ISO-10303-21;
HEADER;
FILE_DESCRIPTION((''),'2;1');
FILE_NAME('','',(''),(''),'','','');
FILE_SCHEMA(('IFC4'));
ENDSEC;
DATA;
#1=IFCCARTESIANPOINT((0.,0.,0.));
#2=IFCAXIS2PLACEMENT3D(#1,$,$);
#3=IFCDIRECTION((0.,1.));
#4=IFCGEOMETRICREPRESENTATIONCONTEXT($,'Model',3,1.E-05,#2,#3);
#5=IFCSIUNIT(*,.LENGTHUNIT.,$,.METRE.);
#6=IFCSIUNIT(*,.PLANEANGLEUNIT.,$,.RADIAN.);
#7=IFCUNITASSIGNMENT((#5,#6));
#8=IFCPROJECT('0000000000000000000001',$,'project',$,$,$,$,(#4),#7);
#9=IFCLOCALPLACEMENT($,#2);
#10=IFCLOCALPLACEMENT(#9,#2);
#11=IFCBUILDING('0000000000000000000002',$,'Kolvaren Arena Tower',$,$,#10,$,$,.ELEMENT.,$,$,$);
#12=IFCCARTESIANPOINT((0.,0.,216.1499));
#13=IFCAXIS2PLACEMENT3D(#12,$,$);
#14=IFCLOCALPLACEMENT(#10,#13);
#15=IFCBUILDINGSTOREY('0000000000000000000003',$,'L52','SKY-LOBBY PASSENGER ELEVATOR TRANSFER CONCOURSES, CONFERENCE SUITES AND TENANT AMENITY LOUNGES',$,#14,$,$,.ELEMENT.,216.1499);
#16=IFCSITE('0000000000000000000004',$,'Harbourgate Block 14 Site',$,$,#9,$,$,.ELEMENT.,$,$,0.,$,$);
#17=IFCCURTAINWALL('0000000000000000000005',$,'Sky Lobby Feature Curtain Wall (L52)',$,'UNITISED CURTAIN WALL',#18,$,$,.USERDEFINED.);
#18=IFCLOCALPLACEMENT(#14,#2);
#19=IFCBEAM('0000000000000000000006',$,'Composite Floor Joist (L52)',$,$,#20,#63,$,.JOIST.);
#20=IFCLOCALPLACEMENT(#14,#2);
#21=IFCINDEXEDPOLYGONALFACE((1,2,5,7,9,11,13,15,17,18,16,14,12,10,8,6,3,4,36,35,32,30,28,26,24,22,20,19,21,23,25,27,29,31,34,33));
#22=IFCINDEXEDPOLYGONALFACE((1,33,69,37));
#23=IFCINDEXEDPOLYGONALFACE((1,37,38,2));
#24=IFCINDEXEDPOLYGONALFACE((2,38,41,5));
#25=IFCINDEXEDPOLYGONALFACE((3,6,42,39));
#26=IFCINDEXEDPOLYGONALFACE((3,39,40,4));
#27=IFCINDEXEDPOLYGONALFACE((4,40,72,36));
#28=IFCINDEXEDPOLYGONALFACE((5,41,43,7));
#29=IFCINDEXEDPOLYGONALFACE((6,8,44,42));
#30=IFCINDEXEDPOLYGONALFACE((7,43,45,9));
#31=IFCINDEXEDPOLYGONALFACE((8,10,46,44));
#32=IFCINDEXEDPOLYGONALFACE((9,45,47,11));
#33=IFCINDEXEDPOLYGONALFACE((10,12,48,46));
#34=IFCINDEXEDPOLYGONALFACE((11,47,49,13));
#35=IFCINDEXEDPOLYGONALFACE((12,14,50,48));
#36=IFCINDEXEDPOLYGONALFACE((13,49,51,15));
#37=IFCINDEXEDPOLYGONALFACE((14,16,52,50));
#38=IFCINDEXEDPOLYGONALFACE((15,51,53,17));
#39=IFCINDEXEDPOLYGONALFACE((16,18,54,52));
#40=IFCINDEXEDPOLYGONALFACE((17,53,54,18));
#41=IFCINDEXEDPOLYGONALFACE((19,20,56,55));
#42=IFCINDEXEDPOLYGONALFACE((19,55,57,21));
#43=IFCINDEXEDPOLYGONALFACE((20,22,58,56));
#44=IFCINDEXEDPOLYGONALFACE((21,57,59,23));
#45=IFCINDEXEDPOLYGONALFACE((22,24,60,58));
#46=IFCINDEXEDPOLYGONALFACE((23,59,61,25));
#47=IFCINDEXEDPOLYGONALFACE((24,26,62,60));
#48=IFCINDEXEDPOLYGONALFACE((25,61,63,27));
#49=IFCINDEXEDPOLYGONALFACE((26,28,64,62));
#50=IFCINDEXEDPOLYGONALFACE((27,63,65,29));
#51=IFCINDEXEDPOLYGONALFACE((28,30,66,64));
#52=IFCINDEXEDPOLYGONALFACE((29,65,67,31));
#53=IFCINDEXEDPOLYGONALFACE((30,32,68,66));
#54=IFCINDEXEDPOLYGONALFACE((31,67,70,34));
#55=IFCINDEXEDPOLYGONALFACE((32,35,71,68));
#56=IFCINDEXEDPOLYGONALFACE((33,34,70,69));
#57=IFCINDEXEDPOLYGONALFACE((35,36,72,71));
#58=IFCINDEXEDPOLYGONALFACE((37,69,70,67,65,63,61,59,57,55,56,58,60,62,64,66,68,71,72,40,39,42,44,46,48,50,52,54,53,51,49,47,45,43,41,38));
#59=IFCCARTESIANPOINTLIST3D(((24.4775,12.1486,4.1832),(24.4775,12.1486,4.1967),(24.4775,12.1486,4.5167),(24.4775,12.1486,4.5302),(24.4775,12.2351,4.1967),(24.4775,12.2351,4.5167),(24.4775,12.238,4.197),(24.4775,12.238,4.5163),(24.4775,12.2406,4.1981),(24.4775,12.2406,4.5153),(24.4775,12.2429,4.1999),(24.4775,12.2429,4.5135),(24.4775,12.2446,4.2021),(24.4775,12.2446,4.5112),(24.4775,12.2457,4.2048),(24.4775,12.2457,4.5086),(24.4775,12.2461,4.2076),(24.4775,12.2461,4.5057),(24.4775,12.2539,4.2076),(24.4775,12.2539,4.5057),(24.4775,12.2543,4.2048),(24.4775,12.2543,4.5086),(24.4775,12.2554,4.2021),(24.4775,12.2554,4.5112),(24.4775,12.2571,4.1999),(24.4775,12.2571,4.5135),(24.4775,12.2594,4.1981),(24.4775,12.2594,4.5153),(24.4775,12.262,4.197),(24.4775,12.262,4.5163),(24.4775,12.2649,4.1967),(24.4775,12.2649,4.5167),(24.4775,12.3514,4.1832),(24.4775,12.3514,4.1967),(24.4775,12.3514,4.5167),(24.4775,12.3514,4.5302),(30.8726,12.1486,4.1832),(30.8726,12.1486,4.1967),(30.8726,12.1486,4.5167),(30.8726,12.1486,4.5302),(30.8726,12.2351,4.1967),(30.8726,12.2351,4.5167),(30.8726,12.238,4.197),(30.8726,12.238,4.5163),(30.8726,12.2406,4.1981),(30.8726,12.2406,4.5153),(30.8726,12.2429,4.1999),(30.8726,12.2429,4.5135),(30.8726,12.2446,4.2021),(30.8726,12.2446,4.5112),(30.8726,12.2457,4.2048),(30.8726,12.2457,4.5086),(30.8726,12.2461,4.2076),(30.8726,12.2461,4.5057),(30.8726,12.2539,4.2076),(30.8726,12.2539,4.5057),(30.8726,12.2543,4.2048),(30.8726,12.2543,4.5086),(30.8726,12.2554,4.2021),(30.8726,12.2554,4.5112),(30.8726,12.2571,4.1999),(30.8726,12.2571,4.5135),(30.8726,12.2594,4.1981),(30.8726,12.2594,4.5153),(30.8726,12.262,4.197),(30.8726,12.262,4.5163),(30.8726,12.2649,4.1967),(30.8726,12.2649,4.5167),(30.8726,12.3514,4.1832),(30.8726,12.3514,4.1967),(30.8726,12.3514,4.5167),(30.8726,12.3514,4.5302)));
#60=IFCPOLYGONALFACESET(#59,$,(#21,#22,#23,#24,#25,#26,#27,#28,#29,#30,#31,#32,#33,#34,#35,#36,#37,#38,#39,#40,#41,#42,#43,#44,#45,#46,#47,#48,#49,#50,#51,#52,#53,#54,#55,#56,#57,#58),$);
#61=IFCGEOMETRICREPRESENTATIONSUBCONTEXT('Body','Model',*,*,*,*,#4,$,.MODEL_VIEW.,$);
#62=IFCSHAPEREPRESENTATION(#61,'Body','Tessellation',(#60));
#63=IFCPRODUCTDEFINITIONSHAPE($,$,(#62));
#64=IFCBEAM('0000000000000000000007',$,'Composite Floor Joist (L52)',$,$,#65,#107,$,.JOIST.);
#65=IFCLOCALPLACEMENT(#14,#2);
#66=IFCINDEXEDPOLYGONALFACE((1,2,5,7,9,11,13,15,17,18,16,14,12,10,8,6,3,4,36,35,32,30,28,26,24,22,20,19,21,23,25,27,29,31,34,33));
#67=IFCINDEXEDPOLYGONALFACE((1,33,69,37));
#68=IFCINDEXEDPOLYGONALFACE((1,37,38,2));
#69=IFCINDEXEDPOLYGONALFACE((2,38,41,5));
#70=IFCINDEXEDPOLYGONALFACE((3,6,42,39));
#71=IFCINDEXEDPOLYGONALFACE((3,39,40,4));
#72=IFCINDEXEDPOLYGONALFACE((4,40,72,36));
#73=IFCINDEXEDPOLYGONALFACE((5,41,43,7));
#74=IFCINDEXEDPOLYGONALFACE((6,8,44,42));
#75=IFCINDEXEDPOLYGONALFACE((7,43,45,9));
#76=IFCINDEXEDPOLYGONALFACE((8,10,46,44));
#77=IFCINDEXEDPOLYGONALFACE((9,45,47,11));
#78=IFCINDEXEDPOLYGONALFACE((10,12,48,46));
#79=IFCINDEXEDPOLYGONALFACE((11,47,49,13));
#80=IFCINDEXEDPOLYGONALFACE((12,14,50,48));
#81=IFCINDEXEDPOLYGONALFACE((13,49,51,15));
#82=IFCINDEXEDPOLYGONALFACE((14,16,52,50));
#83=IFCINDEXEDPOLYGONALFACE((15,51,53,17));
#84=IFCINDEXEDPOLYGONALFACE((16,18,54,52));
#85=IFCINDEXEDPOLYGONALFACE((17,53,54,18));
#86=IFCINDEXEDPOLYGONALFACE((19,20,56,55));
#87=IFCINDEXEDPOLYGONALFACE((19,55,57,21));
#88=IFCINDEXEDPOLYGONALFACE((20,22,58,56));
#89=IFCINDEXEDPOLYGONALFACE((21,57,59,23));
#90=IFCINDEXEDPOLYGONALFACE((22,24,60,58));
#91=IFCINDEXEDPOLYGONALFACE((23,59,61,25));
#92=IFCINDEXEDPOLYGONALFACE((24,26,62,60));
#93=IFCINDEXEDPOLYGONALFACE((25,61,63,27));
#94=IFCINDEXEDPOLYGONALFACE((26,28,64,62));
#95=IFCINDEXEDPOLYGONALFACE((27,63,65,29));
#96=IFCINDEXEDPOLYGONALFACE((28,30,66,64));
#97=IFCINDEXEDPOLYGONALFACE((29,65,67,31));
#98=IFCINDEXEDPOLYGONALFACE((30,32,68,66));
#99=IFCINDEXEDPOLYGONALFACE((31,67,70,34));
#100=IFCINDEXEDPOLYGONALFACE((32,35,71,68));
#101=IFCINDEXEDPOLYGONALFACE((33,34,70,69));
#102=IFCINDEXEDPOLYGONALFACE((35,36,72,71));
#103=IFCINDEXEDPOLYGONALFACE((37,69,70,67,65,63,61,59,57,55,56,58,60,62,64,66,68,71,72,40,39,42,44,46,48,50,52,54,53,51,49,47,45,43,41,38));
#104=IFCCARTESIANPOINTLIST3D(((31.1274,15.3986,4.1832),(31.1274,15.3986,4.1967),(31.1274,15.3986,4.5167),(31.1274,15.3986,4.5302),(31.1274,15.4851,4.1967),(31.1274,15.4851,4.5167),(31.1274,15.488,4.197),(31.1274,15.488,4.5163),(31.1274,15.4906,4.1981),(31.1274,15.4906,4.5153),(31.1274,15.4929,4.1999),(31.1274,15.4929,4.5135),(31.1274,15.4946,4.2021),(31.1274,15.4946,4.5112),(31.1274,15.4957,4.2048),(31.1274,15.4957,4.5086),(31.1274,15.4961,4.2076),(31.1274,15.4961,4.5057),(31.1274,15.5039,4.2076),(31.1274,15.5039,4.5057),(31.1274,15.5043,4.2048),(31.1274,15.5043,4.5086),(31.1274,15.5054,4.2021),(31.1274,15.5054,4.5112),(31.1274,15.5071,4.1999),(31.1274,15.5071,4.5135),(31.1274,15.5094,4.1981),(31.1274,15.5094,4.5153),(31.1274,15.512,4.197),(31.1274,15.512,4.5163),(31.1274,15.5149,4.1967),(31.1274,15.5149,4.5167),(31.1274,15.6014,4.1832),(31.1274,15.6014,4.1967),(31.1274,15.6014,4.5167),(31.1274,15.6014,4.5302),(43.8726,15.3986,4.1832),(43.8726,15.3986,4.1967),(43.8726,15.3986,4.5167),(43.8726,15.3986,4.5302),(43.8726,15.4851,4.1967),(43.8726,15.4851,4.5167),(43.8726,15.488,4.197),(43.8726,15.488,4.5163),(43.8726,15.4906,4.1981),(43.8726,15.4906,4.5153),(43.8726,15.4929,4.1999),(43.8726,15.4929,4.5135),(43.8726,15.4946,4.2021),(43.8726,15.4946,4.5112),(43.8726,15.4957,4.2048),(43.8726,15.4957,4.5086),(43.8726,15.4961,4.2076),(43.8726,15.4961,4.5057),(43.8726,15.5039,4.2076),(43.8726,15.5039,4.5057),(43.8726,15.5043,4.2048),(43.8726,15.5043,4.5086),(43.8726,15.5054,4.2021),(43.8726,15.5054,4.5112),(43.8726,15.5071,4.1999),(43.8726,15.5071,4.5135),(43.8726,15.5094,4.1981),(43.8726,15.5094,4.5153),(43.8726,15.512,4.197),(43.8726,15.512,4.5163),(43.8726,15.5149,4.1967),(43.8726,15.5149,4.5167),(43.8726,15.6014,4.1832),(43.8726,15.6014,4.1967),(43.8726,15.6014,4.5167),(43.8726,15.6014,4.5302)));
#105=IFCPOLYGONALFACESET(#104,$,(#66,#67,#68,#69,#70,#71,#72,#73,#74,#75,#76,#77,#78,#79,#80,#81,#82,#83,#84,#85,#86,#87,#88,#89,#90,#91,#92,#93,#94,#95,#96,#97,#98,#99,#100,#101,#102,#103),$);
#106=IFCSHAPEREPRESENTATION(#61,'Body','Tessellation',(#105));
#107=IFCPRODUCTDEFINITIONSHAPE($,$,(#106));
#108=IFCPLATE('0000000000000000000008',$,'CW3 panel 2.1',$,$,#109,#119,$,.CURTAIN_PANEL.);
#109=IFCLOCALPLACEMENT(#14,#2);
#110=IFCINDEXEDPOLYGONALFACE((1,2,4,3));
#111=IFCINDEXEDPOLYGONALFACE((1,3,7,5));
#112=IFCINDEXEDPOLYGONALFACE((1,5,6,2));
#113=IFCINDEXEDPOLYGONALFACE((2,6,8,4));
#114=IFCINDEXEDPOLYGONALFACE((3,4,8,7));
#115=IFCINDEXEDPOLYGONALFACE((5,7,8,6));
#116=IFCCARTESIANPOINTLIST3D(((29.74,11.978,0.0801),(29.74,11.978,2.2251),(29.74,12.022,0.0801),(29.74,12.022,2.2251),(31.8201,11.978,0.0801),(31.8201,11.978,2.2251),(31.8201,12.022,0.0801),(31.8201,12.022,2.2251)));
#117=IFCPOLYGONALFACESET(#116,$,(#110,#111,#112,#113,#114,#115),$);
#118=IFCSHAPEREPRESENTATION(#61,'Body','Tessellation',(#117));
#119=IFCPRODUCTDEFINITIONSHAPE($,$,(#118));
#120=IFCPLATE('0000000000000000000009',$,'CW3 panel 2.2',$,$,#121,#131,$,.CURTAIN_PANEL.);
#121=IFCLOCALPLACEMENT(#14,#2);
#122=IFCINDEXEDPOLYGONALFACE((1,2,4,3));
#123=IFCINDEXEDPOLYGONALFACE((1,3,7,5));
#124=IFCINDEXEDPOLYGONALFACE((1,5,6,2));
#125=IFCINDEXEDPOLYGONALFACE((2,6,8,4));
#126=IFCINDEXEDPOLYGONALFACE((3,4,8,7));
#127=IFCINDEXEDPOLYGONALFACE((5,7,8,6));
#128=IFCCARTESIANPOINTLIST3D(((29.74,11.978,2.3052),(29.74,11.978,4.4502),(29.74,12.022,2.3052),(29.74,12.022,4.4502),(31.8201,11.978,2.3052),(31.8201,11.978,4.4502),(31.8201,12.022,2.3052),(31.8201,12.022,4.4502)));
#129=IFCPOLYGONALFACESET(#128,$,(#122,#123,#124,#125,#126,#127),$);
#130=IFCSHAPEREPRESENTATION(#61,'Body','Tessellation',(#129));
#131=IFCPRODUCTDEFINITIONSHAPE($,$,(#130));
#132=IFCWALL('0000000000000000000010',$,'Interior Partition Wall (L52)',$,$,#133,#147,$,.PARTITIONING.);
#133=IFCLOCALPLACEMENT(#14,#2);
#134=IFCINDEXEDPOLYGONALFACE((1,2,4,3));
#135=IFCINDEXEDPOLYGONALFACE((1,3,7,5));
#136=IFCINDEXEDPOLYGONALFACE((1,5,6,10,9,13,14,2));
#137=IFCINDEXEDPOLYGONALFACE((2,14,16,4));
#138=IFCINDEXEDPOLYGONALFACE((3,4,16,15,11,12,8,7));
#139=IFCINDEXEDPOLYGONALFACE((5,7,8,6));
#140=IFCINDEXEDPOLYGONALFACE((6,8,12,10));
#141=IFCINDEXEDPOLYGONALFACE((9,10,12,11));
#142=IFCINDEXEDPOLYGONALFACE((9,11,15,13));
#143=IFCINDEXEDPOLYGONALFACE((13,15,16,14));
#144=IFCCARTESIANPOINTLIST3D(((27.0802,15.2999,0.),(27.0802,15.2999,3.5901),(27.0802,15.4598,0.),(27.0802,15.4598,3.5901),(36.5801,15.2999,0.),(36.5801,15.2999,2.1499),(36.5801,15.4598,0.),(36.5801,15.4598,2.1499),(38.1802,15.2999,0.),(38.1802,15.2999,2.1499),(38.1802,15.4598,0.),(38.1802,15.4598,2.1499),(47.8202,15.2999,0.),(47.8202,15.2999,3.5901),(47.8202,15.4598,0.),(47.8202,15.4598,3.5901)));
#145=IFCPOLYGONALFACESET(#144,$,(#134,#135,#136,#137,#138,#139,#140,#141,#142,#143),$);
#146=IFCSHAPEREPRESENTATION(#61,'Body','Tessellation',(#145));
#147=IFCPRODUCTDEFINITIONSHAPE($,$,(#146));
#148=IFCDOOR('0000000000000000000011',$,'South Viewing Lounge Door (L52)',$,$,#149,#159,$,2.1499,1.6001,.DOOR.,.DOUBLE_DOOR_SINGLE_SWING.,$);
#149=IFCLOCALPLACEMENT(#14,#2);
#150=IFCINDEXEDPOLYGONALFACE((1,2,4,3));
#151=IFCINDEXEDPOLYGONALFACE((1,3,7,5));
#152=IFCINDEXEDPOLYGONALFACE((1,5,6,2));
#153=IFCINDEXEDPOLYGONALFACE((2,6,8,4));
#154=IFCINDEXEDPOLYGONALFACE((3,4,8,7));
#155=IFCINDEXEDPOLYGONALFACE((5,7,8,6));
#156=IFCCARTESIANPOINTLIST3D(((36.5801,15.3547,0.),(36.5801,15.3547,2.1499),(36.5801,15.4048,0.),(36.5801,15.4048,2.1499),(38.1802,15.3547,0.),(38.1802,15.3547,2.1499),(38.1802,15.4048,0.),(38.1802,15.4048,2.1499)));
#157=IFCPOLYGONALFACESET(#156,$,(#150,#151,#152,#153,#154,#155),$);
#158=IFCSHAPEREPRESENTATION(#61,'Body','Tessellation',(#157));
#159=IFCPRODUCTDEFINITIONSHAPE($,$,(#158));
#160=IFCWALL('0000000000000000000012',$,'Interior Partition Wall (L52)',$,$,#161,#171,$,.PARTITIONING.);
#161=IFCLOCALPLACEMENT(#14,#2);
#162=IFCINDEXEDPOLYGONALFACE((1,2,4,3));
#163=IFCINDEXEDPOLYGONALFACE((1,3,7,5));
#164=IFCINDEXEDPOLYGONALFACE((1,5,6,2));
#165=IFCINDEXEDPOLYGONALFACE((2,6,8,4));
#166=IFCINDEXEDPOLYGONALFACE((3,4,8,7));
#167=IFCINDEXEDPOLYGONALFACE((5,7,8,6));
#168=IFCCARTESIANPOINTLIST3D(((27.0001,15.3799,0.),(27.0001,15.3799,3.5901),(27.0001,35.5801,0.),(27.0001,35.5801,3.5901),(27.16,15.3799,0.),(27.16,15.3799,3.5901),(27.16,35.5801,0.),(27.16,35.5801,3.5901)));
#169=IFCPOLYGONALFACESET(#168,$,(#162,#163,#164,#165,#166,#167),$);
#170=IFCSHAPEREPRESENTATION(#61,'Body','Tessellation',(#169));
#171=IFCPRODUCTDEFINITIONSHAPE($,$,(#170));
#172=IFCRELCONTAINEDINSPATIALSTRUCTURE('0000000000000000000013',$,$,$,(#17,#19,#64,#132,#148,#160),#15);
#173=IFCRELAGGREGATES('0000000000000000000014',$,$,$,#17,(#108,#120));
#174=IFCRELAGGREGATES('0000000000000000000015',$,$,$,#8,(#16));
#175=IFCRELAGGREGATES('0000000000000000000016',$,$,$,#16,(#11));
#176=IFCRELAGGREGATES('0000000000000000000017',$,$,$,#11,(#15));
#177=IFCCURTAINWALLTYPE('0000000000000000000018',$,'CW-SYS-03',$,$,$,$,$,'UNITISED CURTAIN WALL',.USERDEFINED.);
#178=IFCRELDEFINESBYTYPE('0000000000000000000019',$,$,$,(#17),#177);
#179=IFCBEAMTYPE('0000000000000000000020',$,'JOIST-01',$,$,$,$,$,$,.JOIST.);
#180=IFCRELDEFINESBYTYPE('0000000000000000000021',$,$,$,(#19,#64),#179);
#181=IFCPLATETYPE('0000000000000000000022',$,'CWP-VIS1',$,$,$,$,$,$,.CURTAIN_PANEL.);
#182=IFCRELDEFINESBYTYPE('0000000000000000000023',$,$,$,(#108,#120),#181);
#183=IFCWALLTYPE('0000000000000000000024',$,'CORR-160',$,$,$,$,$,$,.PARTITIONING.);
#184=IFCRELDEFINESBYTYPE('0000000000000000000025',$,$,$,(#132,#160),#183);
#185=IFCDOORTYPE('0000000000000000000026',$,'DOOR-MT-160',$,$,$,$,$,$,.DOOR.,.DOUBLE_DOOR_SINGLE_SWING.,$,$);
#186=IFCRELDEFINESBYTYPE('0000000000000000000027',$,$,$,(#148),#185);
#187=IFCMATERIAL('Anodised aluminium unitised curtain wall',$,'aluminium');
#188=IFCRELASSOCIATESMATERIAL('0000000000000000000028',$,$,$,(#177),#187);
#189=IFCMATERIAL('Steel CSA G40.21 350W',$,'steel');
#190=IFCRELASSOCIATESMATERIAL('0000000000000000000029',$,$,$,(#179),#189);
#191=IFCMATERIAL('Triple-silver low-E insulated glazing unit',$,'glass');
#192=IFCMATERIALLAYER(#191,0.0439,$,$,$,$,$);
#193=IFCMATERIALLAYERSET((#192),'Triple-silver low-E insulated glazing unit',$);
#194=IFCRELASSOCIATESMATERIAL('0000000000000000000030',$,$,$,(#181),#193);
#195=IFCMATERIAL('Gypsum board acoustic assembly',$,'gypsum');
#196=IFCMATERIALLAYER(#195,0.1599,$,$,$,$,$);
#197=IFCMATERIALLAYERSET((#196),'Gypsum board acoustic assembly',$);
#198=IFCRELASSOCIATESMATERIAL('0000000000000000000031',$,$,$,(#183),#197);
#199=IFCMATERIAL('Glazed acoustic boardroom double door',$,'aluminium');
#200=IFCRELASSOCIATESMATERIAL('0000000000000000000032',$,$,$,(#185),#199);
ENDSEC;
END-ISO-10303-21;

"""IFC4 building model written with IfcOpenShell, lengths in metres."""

from ifc_helpers import new_model, si_unit, direction, frame, frame_2d, origin, origin_2d, place, context, subcontext, project, spatial, rectangle, i_section, extrude, material, layer, layer_set, material_profile, profile_set, type_object, element, fill, aggregate, save


model = new_model("IFC4")

# Units and contexts
model_context = context("Model", 3, precision=1e-05, world=origin(), true_north=direction((0.0, 1.0)))
body_context = subcontext(model_context, "Body", "Model", "MODEL_VIEW")
ifc_project = project(units=[si_unit("LENGTHUNIT", "METRE"), si_unit("PLANEANGLEUNIT", "RADIAN")], contexts=[model_context])

# Site, building, storey
site_placement = place(None, origin())
site = spatial("IfcSite", under=ifc_project, at=site_placement, Name="Harbourgate Block 14 Site", CompositionType="ELEMENT", RefElevation=0.0)
building_placement = place(site_placement, origin())
building = spatial("IfcBuilding", under=site, at=building_placement, Name="Kolvaren Arena Tower", CompositionType="ELEMENT")
storey_placement = place(building_placement, frame((0.0, 0.0, 216.1499)))
storey = spatial("IfcBuildingStorey", under=building, at=storey_placement, Name="L52", Description="SKY-LOBBY PASSENGER ELEVATOR TRANSFER CONCOURSES, CONFERENCE SUITES AND TENANT AMENITY LOUNGES", CompositionType="ELEMENT", Elevation=216.1499)

# Shared definitions
ifc_material_1 = material(Name="Steel CSA G40.21 350W", Category="steel")

# Curtain wall
ifc_material_2 = material(Name="Anodised aluminium unitised curtain wall", Category="aluminium")
curtain_wall_type = type_object("IfcCurtainWallType", Name="CW-SYS-03", ElementType="UNITISED CURTAIN WALL", PredefinedType="USERDEFINED", material=ifc_material_2)
curtain_wall_placement = place(storey_placement, origin())
curtain_wall = element("IfcCurtainWall", 1, at=curtain_wall_placement, inside=storey, type_object=curtain_wall_type, Name="Sky Lobby Feature Curtain Wall (L52)", ObjectType="UNITISED CURTAIN WALL", PredefinedType="USERDEFINED")

# Beams
ifc_material_profile_1 = material_profile(ifc_material_1, i_section(OverallWidth=0.2029, OverallDepth=0.3469, WebThickness=0.0078, FlangeThickness=0.0134, FilletRadius=0.011, at=origin_2d()), Name="W360x64")
ifc_profile_set_1 = profile_set([ifc_material_profile_1], Name="Steel CSA G40.21 350W")
beam_type_1 = type_object("IfcBeamType", Name="JOIST-01", PredefinedType="JOIST", material=ifc_profile_set_1)
beam_1_placement = place(storey_placement, frame((24.4775, 12.25, 4.3567), z_axis=(1.0, 0.0, 0.0), x_axis=(0.0, 1.0, 0.0)))
element("IfcBeam", 2, at=beam_1_placement, inside=storey, type_object=beam_type_1, Name="Composite Floor Joist (L52)", PredefinedType="JOIST", context=body_context, shape_type="SweptSolid", body=[
    extrude(i_section(OverallWidth=0.2029, OverallDepth=0.3469, WebThickness=0.0078, FlangeThickness=0.0134, FilletRadius=0.011, at=origin_2d()), origin(), (0.0, 0.0, 1.0), 6.395),
])
beam_2_placement = place(storey_placement, frame((31.1274, 15.5, 4.3567), z_axis=(1.0, 0.0, 0.0), x_axis=(0.0, 1.0, 0.0)))
element("IfcBeam", 3, at=beam_2_placement, inside=storey, type_object=beam_type_1, Name="Composite Floor Joist (L52)", PredefinedType="JOIST", context=body_context, shape_type="SweptSolid", body=[
    extrude(i_section(OverallWidth=0.2029, OverallDepth=0.3469, WebThickness=0.0078, FlangeThickness=0.0134, FilletRadius=0.011, at=origin_2d()), origin(), (0.0, 0.0, 1.0), 12.7451),
])

# Plates
ifc_material_3 = material(Name="Triple-silver low-E insulated glazing unit", Category="glass")
ifc_layer_1 = layer(ifc_material_3, 0.0439)
ifc_layer_set_1 = layer_set([ifc_layer_1], Name="Triple-silver low-E insulated glazing unit")
plate_type = type_object("IfcPlateType", Name="CWP-VIS1", PredefinedType="CURTAIN_PANEL", material=ifc_layer_set_1)
plate_1_placement = place(storey_placement, frame((30.78, 12.0, 0.0801), z_axis=(0.0, 0.0, 1.0), x_axis=(1.0, 0.0, 0.0)))
plate_1 = element("IfcPlate", 4, at=plate_1_placement, type_object=plate_type, Name="CW3 panel 2.1", PredefinedType="CURTAIN_PANEL", context=body_context, shape_type="SweptSolid", body=[
    extrude(rectangle(XDim=2.0801, YDim=0.0439, at=origin_2d()), origin(), (0.0, 0.0, 1.0), 2.145),
])
plate_2_placement = place(storey_placement, frame((30.78, 12.0, 2.3052), z_axis=(0.0, 0.0, 1.0), x_axis=(1.0, 0.0, 0.0)))
plate_2 = element("IfcPlate", 5, at=plate_2_placement, type_object=plate_type, Name="CW3 panel 2.2", PredefinedType="CURTAIN_PANEL", context=body_context, shape_type="SweptSolid", body=[
    extrude(rectangle(XDim=2.0801, YDim=0.0439, at=origin_2d()), origin(), (0.0, 0.0, 1.0), 2.145),
])
aggregate(curtain_wall, [plate_1, plate_2])

# Wall, opening, door
ifc_material_4 = material(Name="Gypsum board acoustic assembly", Category="gypsum")
ifc_layer_2 = layer(ifc_material_4, 0.1599)
ifc_layer_set_2 = layer_set([ifc_layer_2], Name="Gypsum board acoustic assembly")
wall_type_1 = type_object("IfcWallType", Name="CORR-160", PredefinedType="PARTITIONING", material=ifc_layer_set_2)
wall_1_placement = place(storey_placement, frame((27.0801, 15.3799, 0.0), z_axis=(0.0, 0.0, 1.0), x_axis=(1.0, 0.0, 0.0)))
wall_1 = element("IfcWall", 6, at=wall_1_placement, inside=storey, type_object=wall_type_1, Name="Interior Partition Wall (L52)", PredefinedType="PARTITIONING", context=body_context, shape_type="SweptSolid", body=[
    extrude(rectangle(XDim=20.74, YDim=0.1599, at=frame_2d((10.3701, 0.0))), origin(), (0.0, 0.0, 1.0), 3.5901),
])
opening_1_placement = place(wall_1_placement, frame((9.5, 0.0, 0.0)))
opening_1 = element("IfcOpeningElement", 7, at=opening_1_placement, cuts=wall_1, PredefinedType="OPENING", context=body_context, shape_type="SweptSolid", body=[
    extrude(rectangle(XDim=1.6001, YDim=2.1499, at=frame_2d((0.8, 1.075))), frame((0.0, 0.0898, 0.0), z_axis=(0.0, -1.0, 0.0), x_axis=(1.0, 0.0, 0.0)), (0.0, 0.0, 1.0), 0.1799),
])
ifc_material_5 = material(Name="Glazed acoustic boardroom double door", Category="aluminium")
door_type_1 = type_object("IfcDoorType", Name="DOOR-MT-160", OperationType="DOUBLE_DOOR_SINGLE_SWING", PredefinedType="DOOR", material=ifc_material_5)
door_1_placement = place(opening_1_placement, origin())
door_1 = element("IfcDoor", 8, at=door_1_placement, inside=storey, type_object=door_type_1, Name="South Viewing Lounge Door (L52)", OperationType="DOUBLE_DOOR_SINGLE_SWING", OverallHeight=2.1499, OverallWidth=1.6001, PredefinedType="DOOR", context=body_context, shape_type="SweptSolid", body=[
    extrude(rectangle(XDim=1.6001, YDim=2.1499, at=frame_2d((0.8, 1.075))), frame((0.0, 0.0249, 0.0), z_axis=(0.0, -1.0, 0.0), x_axis=(1.0, 0.0, 0.0)), (0.0, 0.0, 1.0), 0.05),
])
fill(opening_1, door_1)

# Wall
wall_2_placement = place(storey_placement, frame((27.0801, 15.3799, 0.0), z_axis=(0.0, 0.0, 1.0), x_axis=(0.0, 1.0, 0.0)))
element("IfcWall", 9, at=wall_2_placement, inside=storey, type_object=wall_type_1, Name="Interior Partition Wall (L52)", PredefinedType="PARTITIONING", context=body_context, shape_type="SweptSolid", body=[
    extrude(rectangle(XDim=20.2002, YDim=0.1599, at=frame_2d((10.1001, 0.0))), origin(), (0.0, 0.0, 1.0), 3.5901),
])

save(model, "model.ifc")
